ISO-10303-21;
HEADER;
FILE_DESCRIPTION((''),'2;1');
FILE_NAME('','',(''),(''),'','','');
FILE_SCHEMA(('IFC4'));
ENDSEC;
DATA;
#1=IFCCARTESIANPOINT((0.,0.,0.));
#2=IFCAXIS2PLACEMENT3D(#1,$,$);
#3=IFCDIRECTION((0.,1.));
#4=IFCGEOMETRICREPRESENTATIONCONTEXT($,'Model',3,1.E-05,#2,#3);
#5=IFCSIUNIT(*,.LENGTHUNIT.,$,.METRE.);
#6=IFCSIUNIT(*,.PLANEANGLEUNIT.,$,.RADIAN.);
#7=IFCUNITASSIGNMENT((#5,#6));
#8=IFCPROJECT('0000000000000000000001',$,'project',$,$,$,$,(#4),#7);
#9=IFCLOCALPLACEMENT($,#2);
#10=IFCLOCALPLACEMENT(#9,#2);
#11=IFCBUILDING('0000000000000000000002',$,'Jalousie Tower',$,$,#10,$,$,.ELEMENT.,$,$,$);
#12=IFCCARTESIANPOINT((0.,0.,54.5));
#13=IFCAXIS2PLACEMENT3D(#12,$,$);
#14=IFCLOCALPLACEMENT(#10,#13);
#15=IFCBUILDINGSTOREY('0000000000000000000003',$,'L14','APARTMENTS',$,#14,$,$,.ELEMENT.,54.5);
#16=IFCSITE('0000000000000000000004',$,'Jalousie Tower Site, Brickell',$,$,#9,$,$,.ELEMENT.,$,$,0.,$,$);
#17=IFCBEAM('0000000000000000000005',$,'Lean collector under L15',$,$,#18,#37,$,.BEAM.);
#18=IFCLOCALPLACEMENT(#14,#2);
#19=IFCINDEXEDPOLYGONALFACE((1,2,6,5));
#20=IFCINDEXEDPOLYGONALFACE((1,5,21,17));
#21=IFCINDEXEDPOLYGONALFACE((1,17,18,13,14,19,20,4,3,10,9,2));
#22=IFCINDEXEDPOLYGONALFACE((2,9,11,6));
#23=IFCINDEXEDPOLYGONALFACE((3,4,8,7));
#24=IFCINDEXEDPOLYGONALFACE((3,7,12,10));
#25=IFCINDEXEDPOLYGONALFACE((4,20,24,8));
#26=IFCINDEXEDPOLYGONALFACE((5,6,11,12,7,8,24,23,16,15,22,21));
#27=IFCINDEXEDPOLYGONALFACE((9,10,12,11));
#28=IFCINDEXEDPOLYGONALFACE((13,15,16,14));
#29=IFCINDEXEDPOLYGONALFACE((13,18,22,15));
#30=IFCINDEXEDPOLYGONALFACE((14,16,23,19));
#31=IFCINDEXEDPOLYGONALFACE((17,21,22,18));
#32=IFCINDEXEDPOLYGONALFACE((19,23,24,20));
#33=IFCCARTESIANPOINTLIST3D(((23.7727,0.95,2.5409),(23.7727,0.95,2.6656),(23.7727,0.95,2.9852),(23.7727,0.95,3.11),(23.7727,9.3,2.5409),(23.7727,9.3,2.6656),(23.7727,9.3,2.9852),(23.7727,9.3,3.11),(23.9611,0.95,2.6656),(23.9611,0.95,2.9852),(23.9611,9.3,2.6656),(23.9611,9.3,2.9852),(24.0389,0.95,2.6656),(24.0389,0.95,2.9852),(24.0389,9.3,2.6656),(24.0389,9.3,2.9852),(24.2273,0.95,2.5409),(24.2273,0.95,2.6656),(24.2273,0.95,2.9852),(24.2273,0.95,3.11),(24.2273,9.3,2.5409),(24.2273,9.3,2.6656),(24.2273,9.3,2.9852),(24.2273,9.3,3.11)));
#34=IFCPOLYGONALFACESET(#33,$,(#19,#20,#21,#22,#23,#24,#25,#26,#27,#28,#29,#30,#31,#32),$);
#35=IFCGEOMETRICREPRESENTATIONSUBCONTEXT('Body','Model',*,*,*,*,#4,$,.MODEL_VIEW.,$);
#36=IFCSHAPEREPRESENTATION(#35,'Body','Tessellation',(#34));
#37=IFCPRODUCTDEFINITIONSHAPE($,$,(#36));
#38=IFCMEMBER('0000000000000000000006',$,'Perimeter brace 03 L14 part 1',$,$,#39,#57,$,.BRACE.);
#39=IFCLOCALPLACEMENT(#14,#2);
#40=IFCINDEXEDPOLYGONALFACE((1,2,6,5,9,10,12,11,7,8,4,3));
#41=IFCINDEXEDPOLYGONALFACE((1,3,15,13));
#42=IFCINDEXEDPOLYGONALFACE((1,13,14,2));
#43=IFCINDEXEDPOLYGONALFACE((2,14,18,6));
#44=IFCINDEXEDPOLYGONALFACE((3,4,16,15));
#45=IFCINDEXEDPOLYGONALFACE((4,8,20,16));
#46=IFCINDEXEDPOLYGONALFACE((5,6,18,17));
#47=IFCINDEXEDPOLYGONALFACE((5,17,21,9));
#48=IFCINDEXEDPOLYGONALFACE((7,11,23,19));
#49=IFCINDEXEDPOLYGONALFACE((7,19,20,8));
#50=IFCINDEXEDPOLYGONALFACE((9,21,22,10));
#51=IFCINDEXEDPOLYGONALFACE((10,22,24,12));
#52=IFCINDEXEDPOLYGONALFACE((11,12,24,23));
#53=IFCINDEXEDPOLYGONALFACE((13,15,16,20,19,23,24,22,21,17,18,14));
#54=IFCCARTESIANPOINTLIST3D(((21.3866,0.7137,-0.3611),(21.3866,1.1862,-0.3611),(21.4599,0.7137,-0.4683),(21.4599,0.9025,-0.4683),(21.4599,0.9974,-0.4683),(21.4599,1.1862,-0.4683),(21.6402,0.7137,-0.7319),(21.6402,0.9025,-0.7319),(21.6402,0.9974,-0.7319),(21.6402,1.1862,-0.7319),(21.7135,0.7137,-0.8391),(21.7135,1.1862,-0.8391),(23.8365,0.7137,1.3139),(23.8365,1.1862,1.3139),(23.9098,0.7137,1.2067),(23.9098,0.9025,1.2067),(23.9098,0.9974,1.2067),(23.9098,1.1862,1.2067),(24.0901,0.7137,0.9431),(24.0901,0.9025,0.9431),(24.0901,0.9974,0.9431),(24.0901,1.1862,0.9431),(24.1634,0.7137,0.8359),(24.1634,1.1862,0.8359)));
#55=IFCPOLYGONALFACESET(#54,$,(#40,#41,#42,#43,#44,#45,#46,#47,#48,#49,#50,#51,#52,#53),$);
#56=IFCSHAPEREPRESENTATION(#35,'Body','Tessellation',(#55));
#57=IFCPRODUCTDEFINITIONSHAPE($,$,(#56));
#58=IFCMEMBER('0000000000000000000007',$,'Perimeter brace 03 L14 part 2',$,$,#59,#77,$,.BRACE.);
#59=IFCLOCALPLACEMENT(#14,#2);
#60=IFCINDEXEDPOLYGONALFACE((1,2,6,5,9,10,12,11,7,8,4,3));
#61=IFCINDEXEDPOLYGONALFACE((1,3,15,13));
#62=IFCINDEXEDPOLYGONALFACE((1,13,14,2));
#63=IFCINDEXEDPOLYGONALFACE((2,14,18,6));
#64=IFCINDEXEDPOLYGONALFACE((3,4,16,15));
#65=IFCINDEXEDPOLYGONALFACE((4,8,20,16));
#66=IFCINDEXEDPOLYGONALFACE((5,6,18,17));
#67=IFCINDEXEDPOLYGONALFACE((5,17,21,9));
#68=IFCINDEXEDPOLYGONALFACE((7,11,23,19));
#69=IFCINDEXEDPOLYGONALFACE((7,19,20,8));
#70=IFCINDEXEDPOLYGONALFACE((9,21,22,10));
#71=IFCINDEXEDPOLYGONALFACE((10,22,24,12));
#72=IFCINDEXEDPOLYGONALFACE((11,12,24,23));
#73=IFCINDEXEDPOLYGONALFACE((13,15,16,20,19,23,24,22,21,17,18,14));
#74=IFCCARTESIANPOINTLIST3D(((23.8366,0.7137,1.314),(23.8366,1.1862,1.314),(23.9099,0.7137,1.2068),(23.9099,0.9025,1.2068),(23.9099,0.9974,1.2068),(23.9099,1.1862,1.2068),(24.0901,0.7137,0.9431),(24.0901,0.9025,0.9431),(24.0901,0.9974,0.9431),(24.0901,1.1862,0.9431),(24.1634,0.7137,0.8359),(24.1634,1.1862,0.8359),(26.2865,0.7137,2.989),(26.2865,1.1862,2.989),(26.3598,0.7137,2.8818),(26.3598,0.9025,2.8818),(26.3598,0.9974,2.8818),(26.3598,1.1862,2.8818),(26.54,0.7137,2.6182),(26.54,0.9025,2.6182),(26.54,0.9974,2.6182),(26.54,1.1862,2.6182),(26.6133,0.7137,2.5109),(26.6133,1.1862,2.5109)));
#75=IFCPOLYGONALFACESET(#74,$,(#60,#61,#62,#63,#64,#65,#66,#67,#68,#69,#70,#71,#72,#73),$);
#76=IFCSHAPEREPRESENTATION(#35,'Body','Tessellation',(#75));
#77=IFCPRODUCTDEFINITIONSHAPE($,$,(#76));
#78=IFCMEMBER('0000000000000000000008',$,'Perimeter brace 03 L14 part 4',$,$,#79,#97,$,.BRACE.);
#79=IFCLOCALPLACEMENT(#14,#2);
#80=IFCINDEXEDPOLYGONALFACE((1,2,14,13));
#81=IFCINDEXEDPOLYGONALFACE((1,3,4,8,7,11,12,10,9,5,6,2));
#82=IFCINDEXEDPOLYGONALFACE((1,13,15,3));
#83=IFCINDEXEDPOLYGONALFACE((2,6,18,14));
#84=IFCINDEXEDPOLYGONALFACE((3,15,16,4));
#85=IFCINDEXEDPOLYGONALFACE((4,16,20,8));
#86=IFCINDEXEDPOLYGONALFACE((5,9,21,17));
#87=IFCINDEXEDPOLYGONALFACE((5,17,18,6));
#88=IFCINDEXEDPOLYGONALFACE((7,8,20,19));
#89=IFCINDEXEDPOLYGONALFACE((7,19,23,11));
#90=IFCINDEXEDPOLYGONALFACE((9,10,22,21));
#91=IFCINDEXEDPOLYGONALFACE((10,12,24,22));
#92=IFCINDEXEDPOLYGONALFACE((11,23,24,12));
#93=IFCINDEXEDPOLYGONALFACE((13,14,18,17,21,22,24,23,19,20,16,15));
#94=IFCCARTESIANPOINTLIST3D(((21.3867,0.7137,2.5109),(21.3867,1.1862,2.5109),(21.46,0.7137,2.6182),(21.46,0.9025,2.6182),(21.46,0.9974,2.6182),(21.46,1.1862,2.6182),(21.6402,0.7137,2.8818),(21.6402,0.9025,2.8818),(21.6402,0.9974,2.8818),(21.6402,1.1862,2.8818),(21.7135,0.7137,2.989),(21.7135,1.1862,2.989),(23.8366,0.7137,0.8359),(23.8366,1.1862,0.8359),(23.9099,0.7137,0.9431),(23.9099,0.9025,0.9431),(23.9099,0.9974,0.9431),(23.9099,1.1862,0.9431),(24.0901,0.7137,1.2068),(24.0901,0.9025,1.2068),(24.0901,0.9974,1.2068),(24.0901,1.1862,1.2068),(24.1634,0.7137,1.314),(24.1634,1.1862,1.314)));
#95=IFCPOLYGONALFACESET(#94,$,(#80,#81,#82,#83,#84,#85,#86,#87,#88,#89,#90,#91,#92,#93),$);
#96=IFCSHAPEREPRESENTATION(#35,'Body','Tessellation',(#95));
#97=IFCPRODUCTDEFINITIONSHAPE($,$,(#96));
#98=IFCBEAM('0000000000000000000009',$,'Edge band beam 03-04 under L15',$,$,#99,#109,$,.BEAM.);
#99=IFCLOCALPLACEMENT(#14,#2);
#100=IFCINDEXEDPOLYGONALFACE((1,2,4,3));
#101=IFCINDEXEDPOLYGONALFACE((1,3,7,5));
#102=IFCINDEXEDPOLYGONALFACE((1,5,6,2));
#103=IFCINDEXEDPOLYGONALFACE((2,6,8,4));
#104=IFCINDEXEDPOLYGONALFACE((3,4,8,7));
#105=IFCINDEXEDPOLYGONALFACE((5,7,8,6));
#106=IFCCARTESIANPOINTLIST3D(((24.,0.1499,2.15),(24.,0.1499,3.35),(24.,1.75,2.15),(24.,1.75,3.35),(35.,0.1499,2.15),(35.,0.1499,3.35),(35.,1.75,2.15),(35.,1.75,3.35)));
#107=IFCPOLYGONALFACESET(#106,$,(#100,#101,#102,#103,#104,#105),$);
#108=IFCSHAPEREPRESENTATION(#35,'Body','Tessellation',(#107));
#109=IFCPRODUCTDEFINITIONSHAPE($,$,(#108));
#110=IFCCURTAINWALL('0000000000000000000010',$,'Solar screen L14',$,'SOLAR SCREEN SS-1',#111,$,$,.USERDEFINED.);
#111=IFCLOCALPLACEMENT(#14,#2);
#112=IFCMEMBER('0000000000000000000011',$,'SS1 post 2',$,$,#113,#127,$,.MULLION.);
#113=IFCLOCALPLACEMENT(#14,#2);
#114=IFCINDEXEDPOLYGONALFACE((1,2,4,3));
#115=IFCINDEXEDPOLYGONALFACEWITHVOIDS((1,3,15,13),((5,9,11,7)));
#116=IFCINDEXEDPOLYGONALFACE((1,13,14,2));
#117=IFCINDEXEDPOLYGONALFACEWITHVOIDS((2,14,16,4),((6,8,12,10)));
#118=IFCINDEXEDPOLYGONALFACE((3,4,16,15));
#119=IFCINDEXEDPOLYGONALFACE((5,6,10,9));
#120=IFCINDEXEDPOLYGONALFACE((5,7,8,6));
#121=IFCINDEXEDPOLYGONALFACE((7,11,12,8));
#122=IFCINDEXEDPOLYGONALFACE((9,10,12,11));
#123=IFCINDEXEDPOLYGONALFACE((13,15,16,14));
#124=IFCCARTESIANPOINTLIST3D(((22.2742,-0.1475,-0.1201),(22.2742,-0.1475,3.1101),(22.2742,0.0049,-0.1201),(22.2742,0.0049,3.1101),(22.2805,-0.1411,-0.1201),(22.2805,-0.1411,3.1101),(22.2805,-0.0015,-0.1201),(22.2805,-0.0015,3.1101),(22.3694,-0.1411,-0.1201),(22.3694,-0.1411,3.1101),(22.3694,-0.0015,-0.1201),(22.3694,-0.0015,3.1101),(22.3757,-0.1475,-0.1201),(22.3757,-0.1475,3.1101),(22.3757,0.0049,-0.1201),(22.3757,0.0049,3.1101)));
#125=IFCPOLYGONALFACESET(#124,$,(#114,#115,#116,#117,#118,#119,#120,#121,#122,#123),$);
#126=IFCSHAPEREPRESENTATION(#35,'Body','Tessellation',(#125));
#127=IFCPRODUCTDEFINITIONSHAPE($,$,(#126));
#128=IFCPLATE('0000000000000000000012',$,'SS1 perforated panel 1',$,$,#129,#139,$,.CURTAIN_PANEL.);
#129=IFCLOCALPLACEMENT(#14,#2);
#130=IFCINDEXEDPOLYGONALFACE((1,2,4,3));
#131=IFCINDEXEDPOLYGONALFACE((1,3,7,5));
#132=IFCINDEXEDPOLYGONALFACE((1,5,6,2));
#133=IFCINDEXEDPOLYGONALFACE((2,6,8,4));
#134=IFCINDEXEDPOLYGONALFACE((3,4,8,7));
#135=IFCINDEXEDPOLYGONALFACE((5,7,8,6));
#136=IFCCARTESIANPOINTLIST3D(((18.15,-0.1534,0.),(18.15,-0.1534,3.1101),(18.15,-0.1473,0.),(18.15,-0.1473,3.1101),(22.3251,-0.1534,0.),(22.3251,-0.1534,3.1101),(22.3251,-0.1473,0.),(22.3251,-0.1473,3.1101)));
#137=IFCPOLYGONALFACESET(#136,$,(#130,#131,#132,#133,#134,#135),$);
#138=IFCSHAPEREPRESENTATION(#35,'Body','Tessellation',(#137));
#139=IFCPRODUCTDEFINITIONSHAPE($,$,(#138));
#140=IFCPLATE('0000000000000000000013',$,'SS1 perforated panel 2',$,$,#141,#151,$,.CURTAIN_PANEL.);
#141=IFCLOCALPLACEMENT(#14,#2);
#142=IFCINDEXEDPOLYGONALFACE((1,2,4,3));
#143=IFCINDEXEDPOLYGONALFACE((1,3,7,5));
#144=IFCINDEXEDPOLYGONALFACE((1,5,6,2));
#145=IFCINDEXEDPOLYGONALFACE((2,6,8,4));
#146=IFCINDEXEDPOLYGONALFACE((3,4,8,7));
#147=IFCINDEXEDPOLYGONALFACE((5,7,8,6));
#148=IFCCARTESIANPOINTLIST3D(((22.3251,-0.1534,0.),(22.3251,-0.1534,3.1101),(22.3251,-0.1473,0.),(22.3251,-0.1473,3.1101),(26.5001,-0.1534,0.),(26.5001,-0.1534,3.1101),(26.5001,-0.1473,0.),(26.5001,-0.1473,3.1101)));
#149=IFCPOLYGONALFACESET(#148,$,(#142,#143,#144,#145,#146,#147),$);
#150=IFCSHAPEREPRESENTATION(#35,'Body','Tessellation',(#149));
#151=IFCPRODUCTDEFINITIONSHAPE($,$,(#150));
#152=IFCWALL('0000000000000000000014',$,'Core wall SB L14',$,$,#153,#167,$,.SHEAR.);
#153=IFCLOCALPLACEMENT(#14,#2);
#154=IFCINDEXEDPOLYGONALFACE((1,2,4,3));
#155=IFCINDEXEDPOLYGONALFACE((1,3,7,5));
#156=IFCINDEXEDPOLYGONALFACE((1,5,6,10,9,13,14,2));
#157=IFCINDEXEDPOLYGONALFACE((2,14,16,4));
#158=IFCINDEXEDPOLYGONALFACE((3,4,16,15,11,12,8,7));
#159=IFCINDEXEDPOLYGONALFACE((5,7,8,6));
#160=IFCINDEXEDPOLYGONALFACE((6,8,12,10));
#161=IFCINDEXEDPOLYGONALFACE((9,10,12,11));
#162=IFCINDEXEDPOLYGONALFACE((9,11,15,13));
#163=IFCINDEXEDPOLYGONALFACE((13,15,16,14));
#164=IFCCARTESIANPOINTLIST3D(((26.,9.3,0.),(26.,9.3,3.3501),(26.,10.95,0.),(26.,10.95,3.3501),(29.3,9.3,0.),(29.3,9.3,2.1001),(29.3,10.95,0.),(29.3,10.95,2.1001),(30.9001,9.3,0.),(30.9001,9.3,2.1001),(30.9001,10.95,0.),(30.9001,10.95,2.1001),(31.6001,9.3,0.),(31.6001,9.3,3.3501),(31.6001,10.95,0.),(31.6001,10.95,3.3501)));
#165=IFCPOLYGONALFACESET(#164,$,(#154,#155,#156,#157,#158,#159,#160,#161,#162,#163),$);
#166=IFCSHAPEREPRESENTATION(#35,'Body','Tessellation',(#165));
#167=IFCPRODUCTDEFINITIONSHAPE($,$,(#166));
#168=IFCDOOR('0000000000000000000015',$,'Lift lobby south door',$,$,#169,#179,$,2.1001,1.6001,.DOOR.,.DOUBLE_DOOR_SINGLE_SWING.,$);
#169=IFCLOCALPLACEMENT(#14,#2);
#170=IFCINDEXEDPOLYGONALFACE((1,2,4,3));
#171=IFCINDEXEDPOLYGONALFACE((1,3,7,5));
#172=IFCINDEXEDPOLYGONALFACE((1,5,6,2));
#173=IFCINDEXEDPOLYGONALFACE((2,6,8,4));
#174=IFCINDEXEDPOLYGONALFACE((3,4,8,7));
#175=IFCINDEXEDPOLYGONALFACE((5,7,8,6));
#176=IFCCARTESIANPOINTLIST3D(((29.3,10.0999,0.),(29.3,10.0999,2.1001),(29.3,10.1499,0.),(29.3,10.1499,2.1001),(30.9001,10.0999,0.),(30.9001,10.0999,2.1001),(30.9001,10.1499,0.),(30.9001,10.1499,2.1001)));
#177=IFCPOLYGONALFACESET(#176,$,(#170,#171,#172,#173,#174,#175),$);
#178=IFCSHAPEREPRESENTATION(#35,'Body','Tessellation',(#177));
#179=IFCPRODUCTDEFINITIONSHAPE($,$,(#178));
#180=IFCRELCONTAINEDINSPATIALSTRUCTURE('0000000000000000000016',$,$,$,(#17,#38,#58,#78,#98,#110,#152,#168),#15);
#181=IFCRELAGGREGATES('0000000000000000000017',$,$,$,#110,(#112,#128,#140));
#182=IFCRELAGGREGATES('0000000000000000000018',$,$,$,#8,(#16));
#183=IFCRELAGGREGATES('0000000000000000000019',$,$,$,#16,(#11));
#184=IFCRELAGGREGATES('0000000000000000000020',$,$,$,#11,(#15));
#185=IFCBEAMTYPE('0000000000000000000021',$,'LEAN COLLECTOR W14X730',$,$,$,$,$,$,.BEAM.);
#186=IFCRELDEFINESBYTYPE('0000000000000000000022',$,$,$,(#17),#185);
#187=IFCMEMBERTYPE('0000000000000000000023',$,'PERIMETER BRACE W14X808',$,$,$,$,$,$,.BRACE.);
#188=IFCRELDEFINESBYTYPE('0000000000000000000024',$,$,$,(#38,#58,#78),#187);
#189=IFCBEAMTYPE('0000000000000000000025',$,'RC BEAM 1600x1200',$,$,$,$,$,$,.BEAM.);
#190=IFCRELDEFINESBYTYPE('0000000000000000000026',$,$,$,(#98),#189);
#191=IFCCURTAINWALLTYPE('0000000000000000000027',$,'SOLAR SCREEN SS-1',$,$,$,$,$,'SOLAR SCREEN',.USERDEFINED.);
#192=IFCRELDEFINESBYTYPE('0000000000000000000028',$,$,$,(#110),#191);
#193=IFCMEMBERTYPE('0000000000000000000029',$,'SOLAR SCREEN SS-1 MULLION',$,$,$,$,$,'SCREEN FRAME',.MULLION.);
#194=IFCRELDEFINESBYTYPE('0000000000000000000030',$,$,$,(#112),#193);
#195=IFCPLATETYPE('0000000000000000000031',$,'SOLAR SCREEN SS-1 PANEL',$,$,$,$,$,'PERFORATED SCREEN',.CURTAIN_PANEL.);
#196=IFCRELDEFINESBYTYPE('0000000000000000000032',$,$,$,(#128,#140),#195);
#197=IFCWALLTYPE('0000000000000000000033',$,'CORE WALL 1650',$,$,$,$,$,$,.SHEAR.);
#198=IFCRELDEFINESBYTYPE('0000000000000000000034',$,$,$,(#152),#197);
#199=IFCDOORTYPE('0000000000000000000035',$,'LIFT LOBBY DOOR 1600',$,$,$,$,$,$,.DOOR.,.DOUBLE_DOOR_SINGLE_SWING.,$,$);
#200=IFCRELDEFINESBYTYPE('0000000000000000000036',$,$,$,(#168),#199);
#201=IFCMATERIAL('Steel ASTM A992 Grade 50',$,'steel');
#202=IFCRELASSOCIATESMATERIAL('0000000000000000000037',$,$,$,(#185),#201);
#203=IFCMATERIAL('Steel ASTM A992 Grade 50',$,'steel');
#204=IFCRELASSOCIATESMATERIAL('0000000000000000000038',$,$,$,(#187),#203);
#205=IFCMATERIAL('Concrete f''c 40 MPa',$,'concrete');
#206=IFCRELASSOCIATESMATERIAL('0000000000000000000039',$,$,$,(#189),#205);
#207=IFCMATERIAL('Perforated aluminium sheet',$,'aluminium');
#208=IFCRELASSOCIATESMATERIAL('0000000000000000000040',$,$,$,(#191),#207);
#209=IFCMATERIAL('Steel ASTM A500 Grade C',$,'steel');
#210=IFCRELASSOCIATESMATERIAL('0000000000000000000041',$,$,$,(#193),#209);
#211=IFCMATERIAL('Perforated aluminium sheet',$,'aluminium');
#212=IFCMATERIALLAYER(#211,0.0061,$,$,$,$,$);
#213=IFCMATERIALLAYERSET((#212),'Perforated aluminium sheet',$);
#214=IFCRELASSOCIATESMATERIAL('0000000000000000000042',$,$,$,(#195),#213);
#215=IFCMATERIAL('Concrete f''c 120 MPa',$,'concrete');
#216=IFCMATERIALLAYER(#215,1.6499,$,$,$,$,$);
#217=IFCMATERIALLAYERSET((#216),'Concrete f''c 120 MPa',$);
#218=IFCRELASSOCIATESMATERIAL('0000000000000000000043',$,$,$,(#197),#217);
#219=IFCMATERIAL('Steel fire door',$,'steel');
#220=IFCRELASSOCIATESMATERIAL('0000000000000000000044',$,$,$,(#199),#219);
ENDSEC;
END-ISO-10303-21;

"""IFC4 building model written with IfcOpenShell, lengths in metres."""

from ifc_helpers import new_model, si_unit, direction, frame, frame_2d, origin, origin_2d, place, context, subcontext, project, spatial, rectangle, hollow_rectangle, i_section, extrude, material, layer, layer_set, material_profile, profile_set, type_object, element, fill, aggregate, save


model = new_model("IFC4")

# Units and contexts
model_context = context("Model", 3, precision=1e-05, world=origin(), true_north=direction((0.0, 1.0)))
body_context = subcontext(model_context, "Body", "Model", "MODEL_VIEW")
ifc_project = project(units=[si_unit("LENGTHUNIT", "METRE"), si_unit("PLANEANGLEUNIT", "RADIAN")], contexts=[model_context])

# Site, building, storey
site_placement = place(None, origin())
site = spatial("IfcSite", under=ifc_project, at=site_placement, Name="Jalousie Tower Site, Brickell", CompositionType="ELEMENT", RefElevation=0.0)
building_placement = place(site_placement, origin())
building = spatial("IfcBuilding", under=site, at=building_placement, Name="Jalousie Tower", CompositionType="ELEMENT")
storey_placement = place(building_placement, frame((0.0, 0.0, 54.5)))
storey = spatial("IfcBuildingStorey", under=building, at=storey_placement, Name="L14", Description="APARTMENTS", CompositionType="ELEMENT", Elevation=54.5)

# Beam
ifc_material_1 = material(Name="Steel ASTM A992 Grade 50", Category="steel")
ifc_material_profile_1 = material_profile(ifc_material_1, i_section(OverallWidth=0.4546, OverallDepth=0.5691, WebThickness=0.0779, FlangeThickness=0.1248, at=origin_2d()), Name="W14X730")
ifc_profile_set_1 = profile_set([ifc_material_profile_1], Name="Steel ASTM A992 Grade 50")
beam_type_1 = type_object("IfcBeamType", Name="LEAN COLLECTOR W14X730", PredefinedType="BEAM", material=ifc_profile_set_1)
beam_1_placement = place(storey_placement, frame((24.0, 0.95, 2.8254), z_axis=(0.0, 1.0, 0.0), x_axis=(-1.0, 0.0, 0.0)))
element("IfcBeam", 1, at=beam_1_placement, inside=storey, type_object=beam_type_1, Name="Lean collector under L15", PredefinedType="BEAM", context=body_context, shape_type="SweptSolid", body=[
    extrude(i_section(OverallWidth=0.4546, OverallDepth=0.5691, WebThickness=0.0779, FlangeThickness=0.1248, at=origin_2d()), origin(), (0.0, 0.0, 1.0), 8.3501),
])

# Members
ifc_material_2 = material(Name="Steel ASTM A992 Grade 50", Category="steel")
ifc_material_profile_2 = material_profile(ifc_material_2, i_section(OverallWidth=0.4724, OverallDepth=0.5791, WebThickness=0.095, FlangeThickness=0.1299, at=origin_2d()), Name="W14X808")
ifc_profile_set_2 = profile_set([ifc_material_profile_2], Name="Steel ASTM A992 Grade 50")
member_type_1 = type_object("IfcMemberType", Name="PERIMETER BRACE W14X808", PredefinedType="BRACE", material=ifc_profile_set_2)
for number, where, z_axis, x_axis, name in (
    (2, (21.55, 0.95, -0.6001), (0.825501, 0.0, 0.564401), (0.0, 1.0, 0.0), "Perimeter brace 03 L14 part 1"),
    (3, (24.0, 0.95, 1.075), (0.825501, 0.0, 0.564401), (0.0, 1.0, 0.0), "Perimeter brace 03 L14 part 2"),
    (4, (24.0, 0.95, 1.075), (-0.825501, 0.0, 0.564401), (0.0, -1.0, 0.0), "Perimeter brace 03 L14 part 4"),
):
    element("IfcMember", number, at=place(storey_placement, frame(where, z_axis=z_axis, x_axis=x_axis)), inside=storey, type_object=member_type_1, Name=name, PredefinedType="BRACE", context=body_context, shape_type="SweptSolid", body=[
        extrude(i_section(OverallWidth=0.4724, OverallDepth=0.5791, WebThickness=0.095, FlangeThickness=0.1299, at=origin_2d()), origin(), (0.0, 0.0, 1.0), 2.9678),
    ])

# Beam
ifc_material_3 = material(Name="Concrete f'c 40 MPa", Category="concrete")
ifc_material_profile_3 = material_profile(ifc_material_3, rectangle(XDim=1.6001, YDim=1.2, at=origin_2d()), Name="RC 1600x1200")
ifc_profile_set_3 = profile_set([ifc_material_profile_3], Name="Concrete f'c 40 MPa")
beam_type_2 = type_object("IfcBeamType", Name="RC BEAM 1600x1200", PredefinedType="BEAM", material=ifc_profile_set_3)
beam_2_placement = place(storey_placement, frame((24.0, 0.95, 2.75), z_axis=(1.0, 0.0, 0.0), x_axis=(0.0, 1.0, 0.0)))
element("IfcBeam", 5, at=beam_2_placement, inside=storey, type_object=beam_type_2, Name="Edge band beam 03-04 under L15", PredefinedType="BEAM", context=body_context, shape_type="SweptSolid", body=[
    extrude(rectangle(XDim=1.6001, YDim=1.2, at=origin_2d()), origin(), (0.0, 0.0, 1.0), 11.0),
])

# Curtain wall, member, plates
ifc_material_4 = material(Name="Perforated aluminium sheet", Category="aluminium")
curtain_wall_type = type_object("IfcCurtainWallType", Name="SOLAR SCREEN SS-1", ElementType="SOLAR SCREEN", PredefinedType="USERDEFINED", material=ifc_material_4)
curtain_wall_placement = place(storey_placement, origin())
curtain_wall = element("IfcCurtainWall", 6, at=curtain_wall_placement, inside=storey, type_object=curtain_wall_type, Name="Solar screen L14", ObjectType="SOLAR SCREEN SS-1", PredefinedType="USERDEFINED")
ifc_material_5 = material(Name="Steel ASTM A500 Grade C", Category="steel")
ifc_material_profile_4 = material_profile(ifc_material_5, hollow_rectangle(XDim=0.1016, YDim=0.1523, WallThickness=0.0063, at=origin_2d()), Name="HSS6X4X1/4")
ifc_profile_set_4 = profile_set([ifc_material_profile_4], Name="Steel ASTM A500 Grade C")
member_type_2 = type_object("IfcMemberType", Name="SOLAR SCREEN SS-1 MULLION", ElementType="SCREEN FRAME", PredefinedType="MULLION", material=ifc_profile_set_4)
member_placement = place(storey_placement, frame((22.325, -0.0713, -0.1201), z_axis=(0.0, 0.0, 1.0), x_axis=(1.0, 0.0, 0.0)))
member = element("IfcMember", 7, at=member_placement, type_object=member_type_2, Name="SS1 post 2", PredefinedType="MULLION", context=body_context, shape_type="SweptSolid", body=[
    extrude(hollow_rectangle(XDim=0.1016, YDim=0.1523, WallThickness=0.0063, at=origin_2d()), origin(), (0.0, 0.0, 1.0), 3.2302),
])
ifc_material_6 = material(Name="Perforated aluminium sheet", Category="aluminium")
ifc_layer_1 = layer(ifc_material_6, 0.0061)
ifc_layer_set_1 = layer_set([ifc_layer_1], Name="Perforated aluminium sheet")
plate_type = type_object("IfcPlateType", Name="SOLAR SCREEN SS-1 PANEL", ElementType="PERFORATED SCREEN", PredefinedType="CURTAIN_PANEL", material=ifc_layer_set_1)
plate_1_placement = place(storey_placement, frame((20.2375, -0.1504, 0.0), z_axis=(0.0, 0.0, 1.0), x_axis=(1.0, 0.0, 0.0)))
plate_1 = element("IfcPlate", 8, at=plate_1_placement, type_object=plate_type, Name="SS1 perforated panel 1", PredefinedType="CURTAIN_PANEL", context=body_context, shape_type="SweptSolid", body=[
    extrude(rectangle(XDim=4.175, YDim=0.0061, at=origin_2d()), origin(), (0.0, 0.0, 1.0), 3.1101),
])
plate_2_placement = place(storey_placement, frame((24.4126, -0.1504, 0.0), z_axis=(0.0, 0.0, 1.0), x_axis=(1.0, 0.0, 0.0)))
plate_2 = element("IfcPlate", 9, at=plate_2_placement, type_object=plate_type, Name="SS1 perforated panel 2", PredefinedType="CURTAIN_PANEL", context=body_context, shape_type="SweptSolid", body=[
    extrude(rectangle(XDim=4.175, YDim=0.0061, at=origin_2d()), origin(), (0.0, 0.0, 1.0), 3.1101),
])
aggregate(curtain_wall, [member, plate_1, plate_2])

# Wall, opening, door
ifc_material_7 = material(Name="Concrete f'c 120 MPa", Category="concrete")
ifc_layer_2 = layer(ifc_material_7, 1.6499)
ifc_layer_set_2 = layer_set([ifc_layer_2], Name="Concrete f'c 120 MPa")
wall_type_1 = type_object("IfcWallType", Name="CORE WALL 1650", PredefinedType="SHEAR", material=ifc_layer_set_2)
wall_1_placement = place(storey_placement, frame((26.0, 10.125, 0.0), z_axis=(0.0, 0.0, 1.0), x_axis=(1.0, 0.0, 0.0)))
wall_1 = element("IfcWall", 10, at=wall_1_placement, inside=storey, type_object=wall_type_1, Name="Core wall SB L14", PredefinedType="SHEAR", context=body_context, shape_type="SweptSolid", body=[
    extrude(rectangle(XDim=5.6001, YDim=1.6499, at=frame_2d((2.8, 0.0))), origin(), (0.0, 0.0, 1.0), 3.3501),
])
opening_1_placement = place(wall_1_placement, frame((3.3, 0.0, 0.0)))
opening_1 = element("IfcOpeningElement", 11, at=opening_1_placement, cuts=wall_1, PredefinedType="OPENING", context=body_context, shape_type="SweptSolid", body=[
    extrude(rectangle(XDim=1.6001, YDim=2.1001, at=frame_2d((0.8, 1.05))), frame((0.0, 0.835, 0.0), z_axis=(0.0, -1.0, 0.0), x_axis=(1.0, 0.0, 0.0)), (0.0, 0.0, 1.0), 1.6699),
])
ifc_material_8 = material(Name="Steel fire door", Category="steel")
door_type_1 = type_object("IfcDoorType", Name="LIFT LOBBY DOOR 1600", OperationType="DOUBLE_DOOR_SINGLE_SWING", PredefinedType="DOOR", material=ifc_material_8)
door_1_placement = place(opening_1_placement, origin())
door_1 = element("IfcDoor", 12, at=door_1_placement, inside=storey, type_object=door_type_1, Name="Lift lobby south door", OperationType="DOUBLE_DOOR_SINGLE_SWING", OverallHeight=2.1001, OverallWidth=1.6001, PredefinedType="DOOR", context=body_context, shape_type="SweptSolid", body=[
    extrude(rectangle(XDim=1.6001, YDim=2.1001, at=frame_2d((0.8, 1.05))), frame((0.0, 0.0249, 0.0), z_axis=(0.0, -1.0, 0.0), x_axis=(1.0, 0.0, 0.0)), (0.0, 0.0, 1.0), 0.05),
])
fill(opening_1, door_1)

save(model, "model.ifc")
